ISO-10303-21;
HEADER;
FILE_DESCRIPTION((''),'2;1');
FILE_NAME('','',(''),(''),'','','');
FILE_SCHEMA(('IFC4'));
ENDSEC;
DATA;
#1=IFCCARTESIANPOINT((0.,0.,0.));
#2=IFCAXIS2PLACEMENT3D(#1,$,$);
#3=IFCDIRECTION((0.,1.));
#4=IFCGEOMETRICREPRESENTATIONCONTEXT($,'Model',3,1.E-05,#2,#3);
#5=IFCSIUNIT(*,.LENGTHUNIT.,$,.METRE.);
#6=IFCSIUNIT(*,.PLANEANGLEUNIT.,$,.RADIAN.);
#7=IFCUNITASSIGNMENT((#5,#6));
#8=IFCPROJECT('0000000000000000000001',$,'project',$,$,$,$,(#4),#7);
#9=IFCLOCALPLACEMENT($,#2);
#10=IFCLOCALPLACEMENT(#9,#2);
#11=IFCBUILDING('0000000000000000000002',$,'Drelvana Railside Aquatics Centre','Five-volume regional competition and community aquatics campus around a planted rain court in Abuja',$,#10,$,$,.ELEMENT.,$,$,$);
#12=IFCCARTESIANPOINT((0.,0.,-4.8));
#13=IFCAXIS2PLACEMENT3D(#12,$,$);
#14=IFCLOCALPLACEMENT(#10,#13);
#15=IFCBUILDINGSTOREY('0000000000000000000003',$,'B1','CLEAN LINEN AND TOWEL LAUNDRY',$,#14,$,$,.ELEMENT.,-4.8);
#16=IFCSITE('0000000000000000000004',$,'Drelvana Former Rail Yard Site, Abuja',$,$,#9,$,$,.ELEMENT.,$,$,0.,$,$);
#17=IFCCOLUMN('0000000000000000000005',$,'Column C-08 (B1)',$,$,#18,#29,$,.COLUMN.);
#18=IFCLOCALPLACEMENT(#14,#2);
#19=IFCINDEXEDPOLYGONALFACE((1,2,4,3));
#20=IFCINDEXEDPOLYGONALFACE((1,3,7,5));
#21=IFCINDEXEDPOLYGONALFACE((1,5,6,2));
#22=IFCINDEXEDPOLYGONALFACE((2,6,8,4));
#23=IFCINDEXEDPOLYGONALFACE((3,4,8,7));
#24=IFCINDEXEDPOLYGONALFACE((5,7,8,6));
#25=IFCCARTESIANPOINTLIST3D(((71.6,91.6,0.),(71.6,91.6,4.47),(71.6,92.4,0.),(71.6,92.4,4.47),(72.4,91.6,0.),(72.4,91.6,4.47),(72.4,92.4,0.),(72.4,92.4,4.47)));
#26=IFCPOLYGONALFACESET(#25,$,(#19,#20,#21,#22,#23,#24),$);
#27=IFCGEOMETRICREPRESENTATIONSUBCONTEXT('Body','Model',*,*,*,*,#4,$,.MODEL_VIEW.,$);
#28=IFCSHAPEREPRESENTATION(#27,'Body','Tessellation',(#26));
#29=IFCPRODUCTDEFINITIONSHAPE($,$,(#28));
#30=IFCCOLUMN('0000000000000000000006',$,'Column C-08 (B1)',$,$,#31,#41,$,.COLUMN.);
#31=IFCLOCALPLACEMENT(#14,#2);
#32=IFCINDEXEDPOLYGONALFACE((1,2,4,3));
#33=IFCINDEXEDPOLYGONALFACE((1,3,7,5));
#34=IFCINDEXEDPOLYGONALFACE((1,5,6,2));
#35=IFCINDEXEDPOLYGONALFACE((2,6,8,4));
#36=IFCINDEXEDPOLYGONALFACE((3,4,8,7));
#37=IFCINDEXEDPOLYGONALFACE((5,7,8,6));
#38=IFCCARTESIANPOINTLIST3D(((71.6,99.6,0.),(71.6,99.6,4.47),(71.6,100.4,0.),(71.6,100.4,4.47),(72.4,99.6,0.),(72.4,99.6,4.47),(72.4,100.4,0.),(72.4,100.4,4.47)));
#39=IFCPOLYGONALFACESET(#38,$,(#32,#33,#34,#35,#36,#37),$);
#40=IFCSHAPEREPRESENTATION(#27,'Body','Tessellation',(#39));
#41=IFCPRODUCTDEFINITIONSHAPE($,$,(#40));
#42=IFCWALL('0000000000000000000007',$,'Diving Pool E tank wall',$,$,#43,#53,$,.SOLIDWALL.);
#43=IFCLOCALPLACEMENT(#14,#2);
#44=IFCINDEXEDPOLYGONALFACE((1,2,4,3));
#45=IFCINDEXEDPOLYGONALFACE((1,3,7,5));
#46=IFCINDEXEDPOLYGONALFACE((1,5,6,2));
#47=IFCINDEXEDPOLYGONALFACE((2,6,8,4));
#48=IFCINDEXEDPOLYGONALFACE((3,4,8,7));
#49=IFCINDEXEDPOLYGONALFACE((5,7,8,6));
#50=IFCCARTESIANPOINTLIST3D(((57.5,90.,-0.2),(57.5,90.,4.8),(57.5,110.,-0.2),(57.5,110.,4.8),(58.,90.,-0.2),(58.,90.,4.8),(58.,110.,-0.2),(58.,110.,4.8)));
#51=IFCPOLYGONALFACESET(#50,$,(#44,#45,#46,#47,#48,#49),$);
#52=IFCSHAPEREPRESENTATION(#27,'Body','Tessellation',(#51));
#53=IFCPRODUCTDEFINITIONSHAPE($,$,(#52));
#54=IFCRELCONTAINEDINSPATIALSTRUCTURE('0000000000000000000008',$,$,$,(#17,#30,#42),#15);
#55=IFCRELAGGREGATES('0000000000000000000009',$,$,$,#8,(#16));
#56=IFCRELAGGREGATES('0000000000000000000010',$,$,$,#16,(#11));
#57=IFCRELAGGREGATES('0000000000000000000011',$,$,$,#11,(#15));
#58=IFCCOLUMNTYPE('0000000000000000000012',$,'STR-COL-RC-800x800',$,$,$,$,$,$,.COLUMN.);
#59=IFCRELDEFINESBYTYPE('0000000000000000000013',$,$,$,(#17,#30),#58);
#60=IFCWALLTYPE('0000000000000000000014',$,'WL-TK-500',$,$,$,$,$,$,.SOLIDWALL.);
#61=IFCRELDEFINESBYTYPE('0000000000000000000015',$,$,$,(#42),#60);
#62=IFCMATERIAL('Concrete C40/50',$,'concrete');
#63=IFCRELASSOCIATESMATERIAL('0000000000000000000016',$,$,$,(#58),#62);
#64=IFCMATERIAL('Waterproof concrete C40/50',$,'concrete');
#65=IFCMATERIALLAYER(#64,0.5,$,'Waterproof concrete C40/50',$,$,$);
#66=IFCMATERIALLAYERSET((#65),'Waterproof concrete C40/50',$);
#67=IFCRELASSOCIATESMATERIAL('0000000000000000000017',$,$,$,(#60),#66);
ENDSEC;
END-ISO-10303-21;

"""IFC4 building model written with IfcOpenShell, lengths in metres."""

from ifc_helpers import new_model, si_unit, direction, frame, frame_2d, origin, origin_2d, place, context, subcontext, project, spatial, rectangle, extrude, material, layer, layer_set, material_profile, profile_set, type_object, element, save


model = new_model("IFC4")

# Units and contexts
model_context = context("Model", 3, precision=1e-05, world=origin(), true_north=direction((0.0, 1.0)))
body_context = subcontext(model_context, "Body", "Model", "MODEL_VIEW")
ifc_project = project(units=[si_unit("LENGTHUNIT", "METRE"), si_unit("PLANEANGLEUNIT", "RADIAN")], contexts=[model_context])

# Site, building, storey
site_placement = place(None, origin())
site = spatial("IfcSite", under=ifc_project, at=site_placement, Name="Drelvana Former Rail Yard Site, Abuja", CompositionType="ELEMENT", RefElevation=0.0)
building_placement = place(site_placement, origin())
building = spatial("IfcBuilding", under=site, at=building_placement, Name="Drelvana Railside Aquatics Centre", Description="Five-volume regional competition and community aquatics campus around a planted rain court in Abuja", CompositionType="ELEMENT")
storey_placement = place(building_placement, frame((0.0, 0.0, -4.8)))
storey = spatial("IfcBuildingStorey", under=building, at=storey_placement, Name="B1", Description="CLEAN LINEN AND TOWEL LAUNDRY", CompositionType="ELEMENT", Elevation=-4.8)

# Columns
ifc_material_1 = material(Name="Concrete C40/50", Category="concrete")
ifc_material_profile_1 = material_profile(ifc_material_1, rectangle(XDim=0.8, YDim=0.8, at=origin_2d()), Name="RC 800x800")
ifc_profile_set_1 = profile_set([ifc_material_profile_1], Name="Concrete C40/50")
column_type_1 = type_object("IfcColumnType", Name="STR-COL-RC-800x800", PredefinedType="COLUMN", material=ifc_profile_set_1)
for number, where, z_axis, x_axis, name in (
    (1, (72.0, 92.0, 0.0), (0.0, 0.0, 1.0), (1.0, 0.0, 0.0), "Column C-08 (B1)"),
    (2, (72.0, 100.0, 0.0), (0.0, 0.0, 1.0), (1.0, 0.0, 0.0), "Column C-08 (B1)"),
):
    element("IfcColumn", number, at=place(storey_placement, frame(where, z_axis=z_axis, x_axis=x_axis)), inside=storey, type_object=column_type_1, Name=name, PredefinedType="COLUMN", context=body_context, shape_type="SweptSolid", body=[
        extrude(rectangle(XDim=0.8, YDim=0.8, at=origin_2d()), origin(), (0.0, 0.0, 1.0), 4.47),
    ])

# Wall
ifc_material_2 = material(Name="Waterproof concrete C40/50", Category="concrete")
ifc_layer = layer(ifc_material_2, 0.5, Name="Waterproof concrete C40/50")
ifc_layer_set = layer_set([ifc_layer], Name="Waterproof concrete C40/50")
wall_type = type_object("IfcWallType", Name="WL-TK-500", PredefinedType="SOLIDWALL", material=ifc_layer_set)
wall_placement = place(storey_placement, frame((57.75, 90.0, -0.2), z_axis=(0.0, 0.0, 1.0), x_axis=(0.0, 1.0, 0.0)))
element("IfcWall", 3, at=wall_placement, inside=storey, type_object=wall_type, Name="Diving Pool E tank wall", PredefinedType="SOLIDWALL", context=body_context, shape_type="SweptSolid", body=[
    extrude(rectangle(XDim=20.0, YDim=0.5, at=frame_2d((10.0, 0.0))), origin(), (0.0, 0.0, 1.0), 5.0),
])

save(model, "model.ifc")
